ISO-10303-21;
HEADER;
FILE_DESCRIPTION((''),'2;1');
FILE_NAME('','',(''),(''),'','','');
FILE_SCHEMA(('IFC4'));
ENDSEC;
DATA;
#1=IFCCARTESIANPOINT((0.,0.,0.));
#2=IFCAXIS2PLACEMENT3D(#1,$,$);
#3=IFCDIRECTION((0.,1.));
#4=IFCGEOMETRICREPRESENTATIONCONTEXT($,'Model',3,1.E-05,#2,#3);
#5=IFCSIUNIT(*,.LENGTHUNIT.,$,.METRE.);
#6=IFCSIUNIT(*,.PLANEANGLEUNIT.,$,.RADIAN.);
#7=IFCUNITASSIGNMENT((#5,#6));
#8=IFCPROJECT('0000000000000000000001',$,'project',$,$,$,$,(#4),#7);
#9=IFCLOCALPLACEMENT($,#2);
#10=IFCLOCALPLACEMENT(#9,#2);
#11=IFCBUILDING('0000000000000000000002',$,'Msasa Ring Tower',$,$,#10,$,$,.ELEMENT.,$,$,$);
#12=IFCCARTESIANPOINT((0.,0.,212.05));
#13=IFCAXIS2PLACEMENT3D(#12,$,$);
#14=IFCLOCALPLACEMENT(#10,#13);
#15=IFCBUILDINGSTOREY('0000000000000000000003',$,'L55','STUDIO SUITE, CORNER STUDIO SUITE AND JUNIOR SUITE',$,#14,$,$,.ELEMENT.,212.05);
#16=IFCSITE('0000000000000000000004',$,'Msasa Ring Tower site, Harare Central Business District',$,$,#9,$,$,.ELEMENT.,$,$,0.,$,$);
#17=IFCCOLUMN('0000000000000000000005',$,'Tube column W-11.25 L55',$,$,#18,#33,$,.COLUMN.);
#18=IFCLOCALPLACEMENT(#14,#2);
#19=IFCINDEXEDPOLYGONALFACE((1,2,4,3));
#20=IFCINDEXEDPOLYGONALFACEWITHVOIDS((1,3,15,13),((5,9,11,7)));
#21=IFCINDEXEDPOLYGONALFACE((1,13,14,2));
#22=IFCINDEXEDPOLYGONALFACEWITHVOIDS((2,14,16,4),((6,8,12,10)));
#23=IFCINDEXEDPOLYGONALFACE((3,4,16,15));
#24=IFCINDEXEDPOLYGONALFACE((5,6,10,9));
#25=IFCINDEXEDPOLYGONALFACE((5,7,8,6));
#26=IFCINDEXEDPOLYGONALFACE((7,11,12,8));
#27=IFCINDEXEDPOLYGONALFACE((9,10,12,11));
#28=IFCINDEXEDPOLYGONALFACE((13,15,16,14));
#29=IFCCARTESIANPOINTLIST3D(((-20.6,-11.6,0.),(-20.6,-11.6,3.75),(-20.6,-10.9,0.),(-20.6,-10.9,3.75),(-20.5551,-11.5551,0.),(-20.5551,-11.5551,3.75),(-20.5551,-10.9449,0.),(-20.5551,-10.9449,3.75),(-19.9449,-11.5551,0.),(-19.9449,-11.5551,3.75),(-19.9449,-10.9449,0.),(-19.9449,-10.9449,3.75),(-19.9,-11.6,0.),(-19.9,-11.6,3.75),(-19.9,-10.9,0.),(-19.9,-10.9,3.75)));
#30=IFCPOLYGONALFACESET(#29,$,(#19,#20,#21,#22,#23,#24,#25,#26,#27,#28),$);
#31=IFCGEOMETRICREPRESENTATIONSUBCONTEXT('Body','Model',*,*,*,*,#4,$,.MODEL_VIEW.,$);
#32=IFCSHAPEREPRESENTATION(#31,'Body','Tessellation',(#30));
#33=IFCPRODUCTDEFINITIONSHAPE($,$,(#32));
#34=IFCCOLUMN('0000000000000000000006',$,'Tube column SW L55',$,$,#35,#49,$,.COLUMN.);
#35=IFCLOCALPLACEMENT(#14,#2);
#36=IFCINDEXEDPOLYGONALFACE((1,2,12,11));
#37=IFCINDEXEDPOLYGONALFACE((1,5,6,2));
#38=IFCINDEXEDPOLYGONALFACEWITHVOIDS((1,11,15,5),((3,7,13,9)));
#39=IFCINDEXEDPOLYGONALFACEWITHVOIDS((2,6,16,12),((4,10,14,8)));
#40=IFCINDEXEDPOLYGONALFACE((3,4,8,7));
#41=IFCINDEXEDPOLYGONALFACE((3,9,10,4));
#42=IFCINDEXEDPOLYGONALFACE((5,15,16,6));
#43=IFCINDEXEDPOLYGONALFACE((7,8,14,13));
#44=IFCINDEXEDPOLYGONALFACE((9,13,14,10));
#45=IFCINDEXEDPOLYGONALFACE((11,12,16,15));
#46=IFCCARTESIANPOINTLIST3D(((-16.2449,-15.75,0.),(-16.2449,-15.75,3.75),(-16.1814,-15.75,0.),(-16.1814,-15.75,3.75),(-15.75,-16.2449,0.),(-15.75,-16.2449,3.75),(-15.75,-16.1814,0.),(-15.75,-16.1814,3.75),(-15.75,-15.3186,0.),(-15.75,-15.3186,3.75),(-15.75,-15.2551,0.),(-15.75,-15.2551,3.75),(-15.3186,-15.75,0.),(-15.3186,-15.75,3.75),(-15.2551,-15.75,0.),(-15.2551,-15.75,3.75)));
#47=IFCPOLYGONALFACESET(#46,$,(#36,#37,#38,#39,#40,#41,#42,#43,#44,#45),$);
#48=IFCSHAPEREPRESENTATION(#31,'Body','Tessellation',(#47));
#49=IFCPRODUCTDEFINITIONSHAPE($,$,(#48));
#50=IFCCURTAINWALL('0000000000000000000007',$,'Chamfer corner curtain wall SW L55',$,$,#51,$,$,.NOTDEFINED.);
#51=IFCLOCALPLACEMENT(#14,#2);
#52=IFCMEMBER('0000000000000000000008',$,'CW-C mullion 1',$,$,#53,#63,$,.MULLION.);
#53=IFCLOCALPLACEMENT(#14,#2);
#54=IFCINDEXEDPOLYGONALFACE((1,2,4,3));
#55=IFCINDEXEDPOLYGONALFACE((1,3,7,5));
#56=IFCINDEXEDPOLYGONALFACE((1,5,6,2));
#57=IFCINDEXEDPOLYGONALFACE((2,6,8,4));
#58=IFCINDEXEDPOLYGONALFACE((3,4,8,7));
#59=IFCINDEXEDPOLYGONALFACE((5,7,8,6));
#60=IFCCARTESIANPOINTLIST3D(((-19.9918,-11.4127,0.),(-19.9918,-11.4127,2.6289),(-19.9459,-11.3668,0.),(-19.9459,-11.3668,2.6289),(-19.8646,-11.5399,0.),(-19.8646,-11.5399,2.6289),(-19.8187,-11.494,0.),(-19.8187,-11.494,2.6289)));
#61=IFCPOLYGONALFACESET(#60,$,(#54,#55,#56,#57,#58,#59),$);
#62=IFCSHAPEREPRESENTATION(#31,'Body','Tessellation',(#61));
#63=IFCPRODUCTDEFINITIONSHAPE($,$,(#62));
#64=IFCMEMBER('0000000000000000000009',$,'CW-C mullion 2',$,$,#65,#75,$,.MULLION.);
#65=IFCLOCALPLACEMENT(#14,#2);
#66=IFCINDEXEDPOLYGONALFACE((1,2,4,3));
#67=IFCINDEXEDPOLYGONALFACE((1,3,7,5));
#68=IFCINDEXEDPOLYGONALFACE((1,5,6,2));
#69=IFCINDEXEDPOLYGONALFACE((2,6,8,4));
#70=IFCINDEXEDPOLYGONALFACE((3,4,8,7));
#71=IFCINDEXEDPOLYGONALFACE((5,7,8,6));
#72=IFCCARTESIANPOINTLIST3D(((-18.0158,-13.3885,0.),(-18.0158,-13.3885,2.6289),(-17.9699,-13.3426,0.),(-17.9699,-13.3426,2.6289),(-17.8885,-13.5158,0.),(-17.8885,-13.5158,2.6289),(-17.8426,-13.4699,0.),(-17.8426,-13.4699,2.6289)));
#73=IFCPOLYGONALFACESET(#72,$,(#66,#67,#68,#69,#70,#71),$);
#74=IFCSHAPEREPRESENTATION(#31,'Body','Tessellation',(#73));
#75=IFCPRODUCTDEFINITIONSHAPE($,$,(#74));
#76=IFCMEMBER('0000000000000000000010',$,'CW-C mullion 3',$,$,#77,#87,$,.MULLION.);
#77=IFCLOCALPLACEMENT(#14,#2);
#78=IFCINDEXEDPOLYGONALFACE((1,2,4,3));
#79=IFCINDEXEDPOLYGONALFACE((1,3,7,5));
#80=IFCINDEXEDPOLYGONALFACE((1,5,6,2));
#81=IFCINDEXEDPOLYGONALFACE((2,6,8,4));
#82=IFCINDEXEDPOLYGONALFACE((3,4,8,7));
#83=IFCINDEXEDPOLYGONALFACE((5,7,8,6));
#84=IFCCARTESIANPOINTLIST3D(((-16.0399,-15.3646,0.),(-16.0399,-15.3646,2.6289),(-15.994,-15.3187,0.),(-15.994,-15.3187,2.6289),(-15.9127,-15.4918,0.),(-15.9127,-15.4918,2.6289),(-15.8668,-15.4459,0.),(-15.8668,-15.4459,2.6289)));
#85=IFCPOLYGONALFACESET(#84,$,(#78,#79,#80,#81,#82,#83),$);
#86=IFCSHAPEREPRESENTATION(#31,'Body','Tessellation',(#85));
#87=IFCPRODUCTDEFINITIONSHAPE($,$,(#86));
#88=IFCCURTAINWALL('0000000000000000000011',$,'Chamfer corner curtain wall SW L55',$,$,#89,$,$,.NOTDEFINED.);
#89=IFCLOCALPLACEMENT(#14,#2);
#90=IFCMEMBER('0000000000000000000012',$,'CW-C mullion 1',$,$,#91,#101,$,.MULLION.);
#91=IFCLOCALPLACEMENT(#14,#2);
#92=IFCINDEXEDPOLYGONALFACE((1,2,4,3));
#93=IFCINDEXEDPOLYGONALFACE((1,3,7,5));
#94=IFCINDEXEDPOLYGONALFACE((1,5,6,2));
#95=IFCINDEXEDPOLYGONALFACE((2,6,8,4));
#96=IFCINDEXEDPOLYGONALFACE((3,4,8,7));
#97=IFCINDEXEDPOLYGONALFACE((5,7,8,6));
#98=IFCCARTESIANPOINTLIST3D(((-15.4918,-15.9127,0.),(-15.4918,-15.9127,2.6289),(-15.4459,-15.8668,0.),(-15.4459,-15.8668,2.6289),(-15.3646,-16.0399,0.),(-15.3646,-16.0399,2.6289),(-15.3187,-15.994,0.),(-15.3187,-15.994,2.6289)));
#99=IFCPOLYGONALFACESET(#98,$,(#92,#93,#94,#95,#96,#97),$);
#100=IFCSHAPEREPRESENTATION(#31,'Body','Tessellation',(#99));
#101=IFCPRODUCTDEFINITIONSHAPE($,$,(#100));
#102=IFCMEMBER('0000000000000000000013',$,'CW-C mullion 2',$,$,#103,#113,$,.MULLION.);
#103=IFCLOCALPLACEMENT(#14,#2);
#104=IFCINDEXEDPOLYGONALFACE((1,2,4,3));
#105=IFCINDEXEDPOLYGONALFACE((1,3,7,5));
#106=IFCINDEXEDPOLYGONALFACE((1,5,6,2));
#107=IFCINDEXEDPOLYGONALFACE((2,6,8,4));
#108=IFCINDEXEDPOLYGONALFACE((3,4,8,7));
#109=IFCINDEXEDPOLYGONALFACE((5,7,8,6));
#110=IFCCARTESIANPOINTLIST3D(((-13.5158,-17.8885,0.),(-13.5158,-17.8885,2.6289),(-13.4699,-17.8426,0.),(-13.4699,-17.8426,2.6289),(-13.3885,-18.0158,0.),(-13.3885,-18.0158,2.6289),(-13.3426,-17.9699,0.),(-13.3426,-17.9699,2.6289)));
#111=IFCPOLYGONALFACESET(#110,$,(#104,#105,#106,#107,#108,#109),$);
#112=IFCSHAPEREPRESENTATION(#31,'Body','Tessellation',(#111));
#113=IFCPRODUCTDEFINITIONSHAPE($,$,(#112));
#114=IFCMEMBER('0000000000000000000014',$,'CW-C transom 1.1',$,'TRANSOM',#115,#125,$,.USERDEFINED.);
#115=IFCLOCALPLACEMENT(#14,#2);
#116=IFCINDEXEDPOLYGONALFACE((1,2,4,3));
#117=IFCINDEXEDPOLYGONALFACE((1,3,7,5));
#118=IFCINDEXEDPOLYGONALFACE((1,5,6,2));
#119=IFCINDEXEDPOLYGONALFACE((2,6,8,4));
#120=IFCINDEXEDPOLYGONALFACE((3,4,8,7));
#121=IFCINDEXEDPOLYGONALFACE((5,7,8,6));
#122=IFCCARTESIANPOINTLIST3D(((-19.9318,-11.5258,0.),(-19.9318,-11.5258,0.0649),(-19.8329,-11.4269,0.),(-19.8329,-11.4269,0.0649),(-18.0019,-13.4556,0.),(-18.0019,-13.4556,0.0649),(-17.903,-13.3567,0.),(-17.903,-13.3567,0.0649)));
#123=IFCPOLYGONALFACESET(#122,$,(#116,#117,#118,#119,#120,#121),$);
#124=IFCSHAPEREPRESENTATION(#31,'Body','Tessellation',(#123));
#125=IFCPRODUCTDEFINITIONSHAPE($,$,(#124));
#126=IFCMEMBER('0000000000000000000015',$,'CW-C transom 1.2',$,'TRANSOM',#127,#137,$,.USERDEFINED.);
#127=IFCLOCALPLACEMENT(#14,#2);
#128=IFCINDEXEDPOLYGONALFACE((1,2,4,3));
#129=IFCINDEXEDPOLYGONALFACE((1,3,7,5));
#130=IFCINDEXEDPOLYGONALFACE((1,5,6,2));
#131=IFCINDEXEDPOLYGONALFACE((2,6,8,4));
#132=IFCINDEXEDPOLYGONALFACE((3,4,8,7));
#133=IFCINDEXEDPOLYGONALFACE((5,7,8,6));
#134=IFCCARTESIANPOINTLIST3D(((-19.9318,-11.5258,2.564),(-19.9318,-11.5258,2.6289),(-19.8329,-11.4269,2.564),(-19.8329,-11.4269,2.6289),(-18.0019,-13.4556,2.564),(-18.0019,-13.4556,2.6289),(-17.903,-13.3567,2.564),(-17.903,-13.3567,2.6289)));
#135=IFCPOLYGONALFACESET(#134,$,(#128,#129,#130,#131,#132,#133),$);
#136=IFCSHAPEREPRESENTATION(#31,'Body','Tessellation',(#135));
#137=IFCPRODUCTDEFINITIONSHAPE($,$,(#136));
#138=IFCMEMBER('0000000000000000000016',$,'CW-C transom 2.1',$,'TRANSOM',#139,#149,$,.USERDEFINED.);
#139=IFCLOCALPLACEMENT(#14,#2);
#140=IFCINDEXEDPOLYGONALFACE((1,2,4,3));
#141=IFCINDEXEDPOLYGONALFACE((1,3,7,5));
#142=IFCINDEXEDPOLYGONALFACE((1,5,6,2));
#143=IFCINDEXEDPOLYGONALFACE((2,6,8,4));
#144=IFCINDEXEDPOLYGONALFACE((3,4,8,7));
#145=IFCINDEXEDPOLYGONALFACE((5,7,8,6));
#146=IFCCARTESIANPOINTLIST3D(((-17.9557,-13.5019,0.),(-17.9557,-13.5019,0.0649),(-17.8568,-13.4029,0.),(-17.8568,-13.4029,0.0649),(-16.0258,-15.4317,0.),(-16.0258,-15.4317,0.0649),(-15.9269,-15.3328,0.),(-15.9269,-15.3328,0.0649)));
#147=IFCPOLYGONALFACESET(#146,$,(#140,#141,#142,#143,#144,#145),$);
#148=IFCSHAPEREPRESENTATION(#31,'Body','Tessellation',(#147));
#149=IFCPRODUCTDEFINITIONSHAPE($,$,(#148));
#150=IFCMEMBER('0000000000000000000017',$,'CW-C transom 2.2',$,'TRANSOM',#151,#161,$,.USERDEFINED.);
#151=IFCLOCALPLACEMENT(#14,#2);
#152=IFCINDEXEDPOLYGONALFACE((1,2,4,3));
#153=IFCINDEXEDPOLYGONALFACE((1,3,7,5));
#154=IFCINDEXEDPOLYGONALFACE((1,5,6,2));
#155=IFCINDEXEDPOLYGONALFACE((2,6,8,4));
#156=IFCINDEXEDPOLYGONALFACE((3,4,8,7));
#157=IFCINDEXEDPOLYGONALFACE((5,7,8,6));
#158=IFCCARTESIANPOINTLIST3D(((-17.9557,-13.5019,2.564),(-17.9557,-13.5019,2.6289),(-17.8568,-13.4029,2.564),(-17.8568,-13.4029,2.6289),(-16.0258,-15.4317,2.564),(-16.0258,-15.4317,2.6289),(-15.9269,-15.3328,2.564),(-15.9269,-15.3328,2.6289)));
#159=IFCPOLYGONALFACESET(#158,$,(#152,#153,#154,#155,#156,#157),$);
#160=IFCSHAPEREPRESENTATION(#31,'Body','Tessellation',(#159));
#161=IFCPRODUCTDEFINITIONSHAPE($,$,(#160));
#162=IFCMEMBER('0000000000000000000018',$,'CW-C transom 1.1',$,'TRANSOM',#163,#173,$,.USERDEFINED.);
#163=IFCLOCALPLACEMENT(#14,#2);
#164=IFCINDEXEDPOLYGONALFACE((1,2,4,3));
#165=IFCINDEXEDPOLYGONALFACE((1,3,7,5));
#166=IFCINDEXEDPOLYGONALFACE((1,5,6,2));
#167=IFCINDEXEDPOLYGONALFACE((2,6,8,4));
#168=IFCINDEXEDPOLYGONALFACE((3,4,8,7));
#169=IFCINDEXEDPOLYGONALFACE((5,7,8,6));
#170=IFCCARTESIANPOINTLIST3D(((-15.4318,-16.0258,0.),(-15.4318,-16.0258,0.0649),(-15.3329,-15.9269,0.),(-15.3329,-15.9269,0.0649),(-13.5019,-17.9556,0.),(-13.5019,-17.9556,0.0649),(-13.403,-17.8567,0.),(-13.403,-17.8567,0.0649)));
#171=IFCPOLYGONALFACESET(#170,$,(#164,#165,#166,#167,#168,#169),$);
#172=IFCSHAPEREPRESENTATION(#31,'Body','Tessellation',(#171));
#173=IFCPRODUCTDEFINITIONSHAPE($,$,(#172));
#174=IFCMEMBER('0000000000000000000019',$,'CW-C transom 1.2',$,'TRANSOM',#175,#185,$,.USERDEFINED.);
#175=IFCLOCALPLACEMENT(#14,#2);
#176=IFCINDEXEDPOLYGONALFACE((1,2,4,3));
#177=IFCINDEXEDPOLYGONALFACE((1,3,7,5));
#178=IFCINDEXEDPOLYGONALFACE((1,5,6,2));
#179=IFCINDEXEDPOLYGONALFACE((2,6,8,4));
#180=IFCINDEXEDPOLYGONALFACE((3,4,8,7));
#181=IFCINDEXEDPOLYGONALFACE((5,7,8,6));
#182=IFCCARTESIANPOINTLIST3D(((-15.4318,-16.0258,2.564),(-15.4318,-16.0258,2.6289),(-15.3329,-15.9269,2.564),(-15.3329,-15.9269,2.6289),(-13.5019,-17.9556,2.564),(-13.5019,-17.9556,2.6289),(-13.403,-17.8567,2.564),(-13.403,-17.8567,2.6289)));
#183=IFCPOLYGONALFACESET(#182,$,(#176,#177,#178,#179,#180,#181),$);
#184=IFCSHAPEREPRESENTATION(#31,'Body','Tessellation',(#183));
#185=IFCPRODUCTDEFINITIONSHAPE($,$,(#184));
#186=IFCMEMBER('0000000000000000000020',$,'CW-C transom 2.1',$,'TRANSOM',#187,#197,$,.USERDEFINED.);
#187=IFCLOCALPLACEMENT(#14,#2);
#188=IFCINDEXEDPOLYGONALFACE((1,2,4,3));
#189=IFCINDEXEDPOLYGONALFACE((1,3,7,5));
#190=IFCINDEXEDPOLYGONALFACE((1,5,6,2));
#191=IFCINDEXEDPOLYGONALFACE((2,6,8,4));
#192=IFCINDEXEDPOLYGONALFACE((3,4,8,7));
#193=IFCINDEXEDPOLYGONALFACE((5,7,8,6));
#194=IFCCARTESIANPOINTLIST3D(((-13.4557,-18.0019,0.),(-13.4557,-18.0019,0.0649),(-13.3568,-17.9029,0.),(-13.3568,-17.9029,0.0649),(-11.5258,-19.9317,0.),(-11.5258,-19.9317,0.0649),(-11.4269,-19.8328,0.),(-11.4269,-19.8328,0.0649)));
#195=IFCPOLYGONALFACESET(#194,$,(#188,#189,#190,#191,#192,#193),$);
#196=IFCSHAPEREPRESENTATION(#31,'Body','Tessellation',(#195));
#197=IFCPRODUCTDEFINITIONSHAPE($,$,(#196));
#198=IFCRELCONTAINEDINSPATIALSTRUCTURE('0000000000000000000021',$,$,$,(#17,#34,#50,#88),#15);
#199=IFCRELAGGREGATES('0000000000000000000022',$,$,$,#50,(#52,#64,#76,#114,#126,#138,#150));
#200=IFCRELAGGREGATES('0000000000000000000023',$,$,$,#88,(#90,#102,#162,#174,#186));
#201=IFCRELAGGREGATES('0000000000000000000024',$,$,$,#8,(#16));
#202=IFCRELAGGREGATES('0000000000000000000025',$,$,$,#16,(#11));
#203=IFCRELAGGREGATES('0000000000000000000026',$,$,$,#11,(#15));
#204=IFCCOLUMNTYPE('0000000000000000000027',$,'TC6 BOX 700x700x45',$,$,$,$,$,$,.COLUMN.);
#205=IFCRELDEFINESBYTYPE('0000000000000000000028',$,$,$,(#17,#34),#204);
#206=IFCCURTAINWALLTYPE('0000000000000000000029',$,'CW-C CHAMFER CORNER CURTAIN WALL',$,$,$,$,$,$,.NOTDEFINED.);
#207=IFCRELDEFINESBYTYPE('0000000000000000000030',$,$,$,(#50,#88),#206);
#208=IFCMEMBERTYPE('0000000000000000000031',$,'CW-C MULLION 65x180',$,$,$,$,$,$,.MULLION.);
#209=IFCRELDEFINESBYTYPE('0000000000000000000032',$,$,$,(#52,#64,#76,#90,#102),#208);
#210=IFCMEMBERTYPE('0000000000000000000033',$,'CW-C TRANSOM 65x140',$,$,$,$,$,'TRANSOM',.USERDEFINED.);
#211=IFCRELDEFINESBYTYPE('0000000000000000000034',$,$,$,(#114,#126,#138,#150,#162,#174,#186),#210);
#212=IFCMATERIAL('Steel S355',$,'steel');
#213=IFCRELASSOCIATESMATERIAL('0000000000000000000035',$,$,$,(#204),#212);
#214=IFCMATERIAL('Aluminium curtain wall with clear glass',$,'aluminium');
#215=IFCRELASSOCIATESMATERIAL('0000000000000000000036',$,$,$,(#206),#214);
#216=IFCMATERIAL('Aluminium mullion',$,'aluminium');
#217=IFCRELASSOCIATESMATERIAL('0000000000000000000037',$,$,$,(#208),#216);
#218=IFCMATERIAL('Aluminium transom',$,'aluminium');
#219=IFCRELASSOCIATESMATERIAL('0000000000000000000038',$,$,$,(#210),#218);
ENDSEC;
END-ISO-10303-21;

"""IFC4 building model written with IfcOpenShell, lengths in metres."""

from ifc_helpers import new_model, si_unit, direction, frame, origin, origin_2d, place, context, subcontext, project, spatial, rectangle, hollow_rectangle, extrude, material, material_profile, profile_set, type_object, element, aggregate, save


model = new_model("IFC4")

# Units and contexts
model_context = context("Model", 3, precision=1e-05, world=origin(), true_north=direction((0.0, 1.0)))
body_context = subcontext(model_context, "Body", "Model", "MODEL_VIEW")
ifc_project = project(units=[si_unit("LENGTHUNIT", "METRE"), si_unit("PLANEANGLEUNIT", "RADIAN")], contexts=[model_context])

# Site, building, storey
site_placement = place(None, origin())
site = spatial("IfcSite", under=ifc_project, at=site_placement, Name="Msasa Ring Tower site, Harare Central Business District", CompositionType="ELEMENT", RefElevation=0.0)
building_placement = place(site_placement, origin())
building = spatial("IfcBuilding", under=site, at=building_placement, Name="Msasa Ring Tower", CompositionType="ELEMENT")
storey_placement = place(building_placement, frame((0.0, 0.0, 212.05)))
storey = spatial("IfcBuildingStorey", under=building, at=storey_placement, Name="L55", Description="STUDIO SUITE, CORNER STUDIO SUITE AND JUNIOR SUITE", CompositionType="ELEMENT", Elevation=212.05)

# Columns
ifc_material_1 = material(Name="Steel S355", Category="steel")
ifc_material_profile_1 = material_profile(ifc_material_1, hollow_rectangle(XDim=0.7, YDim=0.7, WallThickness=0.0449, at=origin_2d()), Name="BOX 700x700x45")
ifc_profile_set_1 = profile_set([ifc_material_profile_1], Name="Steel S355")
column_type = type_object("IfcColumnType", Name="TC6 BOX 700x700x45", PredefinedType="COLUMN", material=ifc_profile_set_1)
for number, where, z_axis, x_axis, name in (
    (1, (-20.25, -11.25, 0.0), (0.0, 0.0, 1.0), (1.0, 0.0, 0.0), "Tube column W-11.25 L55"),
    (2, (-15.75, -15.75, 0.0), (0.0, 0.0, 1.0), (0.707107, 0.707107, 0.0), "Tube column SW L55"),
):
    element("IfcColumn", number, at=place(storey_placement, frame(where, z_axis=z_axis, x_axis=x_axis)), inside=storey, type_object=column_type, Name=name, PredefinedType="COLUMN", context=body_context, shape_type="SweptSolid", body=[
        extrude(hollow_rectangle(XDim=0.7, YDim=0.7, WallThickness=0.0449, at=origin_2d()), origin(), (0.0, 0.0, 1.0), 3.75),
    ])

# Curtain walls, members
ifc_material_2 = material(Name="Aluminium curtain wall with clear glass", Category="aluminium")
curtain_wall_type = type_object("IfcCurtainWallType", Name="CW-C CHAMFER CORNER CURTAIN WALL", PredefinedType="NOTDEFINED", material=ifc_material_2)
curtain_wall_1_placement = place(storey_placement, origin())
curtain_wall_1 = element("IfcCurtainWall", 3, at=curtain_wall_1_placement, inside=storey, type_object=curtain_wall_type, Name="Chamfer corner curtain wall SW L55", PredefinedType="NOTDEFINED")
ifc_material_3 = material(Name="Aluminium mullion", Category="aluminium")
ifc_material_profile_2 = material_profile(ifc_material_3, rectangle(XDim=0.0649, YDim=0.1799, at=origin_2d()), Name="AL 65x180")
ifc_profile_set_2 = profile_set([ifc_material_profile_2], Name="Aluminium mullion")
member_type_1 = type_object("IfcMemberType", Name="CW-C MULLION 65x180", PredefinedType="MULLION", material=ifc_profile_set_2)
member_1_placement = place(storey_placement, frame((-19.9053, -11.4534, 0.0), z_axis=(0.0, 0.0, 1.0), x_axis=(0.707107, 0.707107, 0.0)))
member_1 = element("IfcMember", 4, at=member_1_placement, type_object=member_type_1, Name="CW-C mullion 1", PredefinedType="MULLION", context=body_context, shape_type="SweptSolid", body=[
    extrude(rectangle(XDim=0.0649, YDim=0.1799, at=origin_2d()), origin(), (0.0, 0.0, 1.0), 2.6289),
])
member_2_placement = place(storey_placement, frame((-17.9292, -13.4292, 0.0), z_axis=(0.0, 0.0, 1.0), x_axis=(0.707107, 0.707107, 0.0)))
member_2 = element("IfcMember", 5, at=member_2_placement, type_object=member_type_1, Name="CW-C mullion 2", PredefinedType="MULLION", context=body_context, shape_type="SweptSolid", body=[
    extrude(rectangle(XDim=0.0649, YDim=0.1799, at=origin_2d()), origin(), (0.0, 0.0, 1.0), 2.6289),
])
member_3_placement = place(storey_placement, frame((-15.9534, -15.4053, 0.0), z_axis=(0.0, 0.0, 1.0), x_axis=(0.707107, 0.707107, 0.0)))
member_3 = element("IfcMember", 6, at=member_3_placement, type_object=member_type_1, Name="CW-C mullion 3", PredefinedType="MULLION", context=body_context, shape_type="SweptSolid", body=[
    extrude(rectangle(XDim=0.0649, YDim=0.1799, at=origin_2d()), origin(), (0.0, 0.0, 1.0), 2.6289),
])
curtain_wall_2_placement = place(storey_placement, origin())
curtain_wall_2 = element("IfcCurtainWall", 7, at=curtain_wall_2_placement, inside=storey, type_object=curtain_wall_type, Name="Chamfer corner curtain wall SW L55", PredefinedType="NOTDEFINED")
member_4_placement = place(storey_placement, frame((-15.4053, -15.9534, 0.0), z_axis=(0.0, 0.0, 1.0), x_axis=(0.707107, 0.707107, 0.0)))
member_4 = element("IfcMember", 8, at=member_4_placement, type_object=member_type_1, Name="CW-C mullion 1", PredefinedType="MULLION", context=body_context, shape_type="SweptSolid", body=[
    extrude(rectangle(XDim=0.0649, YDim=0.1799, at=origin_2d()), origin(), (0.0, 0.0, 1.0), 2.6289),
])
member_5_placement = place(storey_placement, frame((-13.4292, -17.9292, 0.0), z_axis=(0.0, 0.0, 1.0), x_axis=(0.707107, 0.707107, 0.0)))
member_5 = element("IfcMember", 9, at=member_5_placement, type_object=member_type_1, Name="CW-C mullion 2", PredefinedType="MULLION", context=body_context, shape_type="SweptSolid", body=[
    extrude(rectangle(XDim=0.0649, YDim=0.1799, at=origin_2d()), origin(), (0.0, 0.0, 1.0), 2.6289),
])

# Members
ifc_material_4 = material(Name="Aluminium transom", Category="aluminium")
ifc_material_profile_3 = material_profile(ifc_material_4, rectangle(XDim=0.1399, YDim=0.0649, at=origin_2d()), Name="AL 65x140")
ifc_profile_set_3 = profile_set([ifc_material_profile_3], Name="Aluminium transom")
member_type_2 = type_object("IfcMemberType", Name="CW-C TRANSOM 65x140", ElementType="TRANSOM", PredefinedType="USERDEFINED", material=ifc_profile_set_3)
member_6_placement = place(storey_placement, frame((-19.8823, -11.4763, 0.0325), z_axis=(0.707107, -0.707107, 0.0), x_axis=(0.707107, 0.707107, 0.0)))
member_6 = element("IfcMember", 10, at=member_6_placement, type_object=member_type_2, Name="CW-C transom 1.1", ObjectType="TRANSOM", PredefinedType="USERDEFINED", context=body_context, shape_type="SweptSolid", body=[
    extrude(rectangle(XDim=0.1399, YDim=0.0649, at=origin_2d()), origin(), (0.0, 0.0, 1.0), 2.7292),
])
member_7_placement = place(storey_placement, frame((-19.8823, -11.4763, 2.5964), z_axis=(0.707107, -0.707107, 0.0), x_axis=(0.707107, 0.707107, 0.0)))
member_7 = element("IfcMember", 11, at=member_7_placement, type_object=member_type_2, Name="CW-C transom 1.2", ObjectType="TRANSOM", PredefinedType="USERDEFINED", context=body_context, shape_type="SweptSolid", body=[
    extrude(rectangle(XDim=0.1399, YDim=0.0649, at=origin_2d()), origin(), (0.0, 0.0, 1.0), 2.7292),
])
member_8_placement = place(storey_placement, frame((-17.9062, -13.4524, 0.0325), z_axis=(0.707107, -0.707107, 0.0), x_axis=(0.707107, 0.707107, 0.0)))
member_8 = element("IfcMember", 12, at=member_8_placement, type_object=member_type_2, Name="CW-C transom 2.1", ObjectType="TRANSOM", PredefinedType="USERDEFINED", context=body_context, shape_type="SweptSolid", body=[
    extrude(rectangle(XDim=0.1399, YDim=0.0649, at=origin_2d()), origin(), (0.0, 0.0, 1.0), 2.7292),
])
member_9_placement = place(storey_placement, frame((-17.9062, -13.4524, 2.5964), z_axis=(0.707107, -0.707107, 0.0), x_axis=(0.707107, 0.707107, 0.0)))
member_9 = element("IfcMember", 13, at=member_9_placement, type_object=member_type_2, Name="CW-C transom 2.2", ObjectType="TRANSOM", PredefinedType="USERDEFINED", context=body_context, shape_type="SweptSolid", body=[
    extrude(rectangle(XDim=0.1399, YDim=0.0649, at=origin_2d()), origin(), (0.0, 0.0, 1.0), 2.7292),
])
member_10_placement = place(storey_placement, frame((-15.3823, -15.9763, 0.0325), z_axis=(0.707107, -0.707107, 0.0), x_axis=(0.707107, 0.707107, 0.0)))
member_10 = element("IfcMember", 14, at=member_10_placement, type_object=member_type_2, Name="CW-C transom 1.1", ObjectType="TRANSOM", PredefinedType="USERDEFINED", context=body_context, shape_type="SweptSolid", body=[
    extrude(rectangle(XDim=0.1399, YDim=0.0649, at=origin_2d()), origin(), (0.0, 0.0, 1.0), 2.7292),
])
member_11_placement = place(storey_placement, frame((-15.3823, -15.9763, 2.5964), z_axis=(0.707107, -0.707107, 0.0), x_axis=(0.707107, 0.707107, 0.0)))
member_11 = element("IfcMember", 15, at=member_11_placement, type_object=member_type_2, Name="CW-C transom 1.2", ObjectType="TRANSOM", PredefinedType="USERDEFINED", context=body_context, shape_type="SweptSolid", body=[
    extrude(rectangle(XDim=0.1399, YDim=0.0649, at=origin_2d()), origin(), (0.0, 0.0, 1.0), 2.7292),
])
member_12_placement = place(storey_placement, frame((-13.4062, -17.9524, 0.0325), z_axis=(0.707107, -0.707107, 0.0), x_axis=(0.707107, 0.707107, 0.0)))
member_12 = element("IfcMember", 16, at=member_12_placement, type_object=member_type_2, Name="CW-C transom 2.1", ObjectType="TRANSOM", PredefinedType="USERDEFINED", context=body_context, shape_type="SweptSolid", body=[
    extrude(rectangle(XDim=0.1399, YDim=0.0649, at=origin_2d()), origin(), (0.0, 0.0, 1.0), 2.7292),
])

aggregate(curtain_wall_1, [member_1, member_2, member_3, member_6, member_7, member_8, member_9])
aggregate(curtain_wall_2, [member_4, member_5, member_10, member_11, member_12])

save(model, "model.ifc")
